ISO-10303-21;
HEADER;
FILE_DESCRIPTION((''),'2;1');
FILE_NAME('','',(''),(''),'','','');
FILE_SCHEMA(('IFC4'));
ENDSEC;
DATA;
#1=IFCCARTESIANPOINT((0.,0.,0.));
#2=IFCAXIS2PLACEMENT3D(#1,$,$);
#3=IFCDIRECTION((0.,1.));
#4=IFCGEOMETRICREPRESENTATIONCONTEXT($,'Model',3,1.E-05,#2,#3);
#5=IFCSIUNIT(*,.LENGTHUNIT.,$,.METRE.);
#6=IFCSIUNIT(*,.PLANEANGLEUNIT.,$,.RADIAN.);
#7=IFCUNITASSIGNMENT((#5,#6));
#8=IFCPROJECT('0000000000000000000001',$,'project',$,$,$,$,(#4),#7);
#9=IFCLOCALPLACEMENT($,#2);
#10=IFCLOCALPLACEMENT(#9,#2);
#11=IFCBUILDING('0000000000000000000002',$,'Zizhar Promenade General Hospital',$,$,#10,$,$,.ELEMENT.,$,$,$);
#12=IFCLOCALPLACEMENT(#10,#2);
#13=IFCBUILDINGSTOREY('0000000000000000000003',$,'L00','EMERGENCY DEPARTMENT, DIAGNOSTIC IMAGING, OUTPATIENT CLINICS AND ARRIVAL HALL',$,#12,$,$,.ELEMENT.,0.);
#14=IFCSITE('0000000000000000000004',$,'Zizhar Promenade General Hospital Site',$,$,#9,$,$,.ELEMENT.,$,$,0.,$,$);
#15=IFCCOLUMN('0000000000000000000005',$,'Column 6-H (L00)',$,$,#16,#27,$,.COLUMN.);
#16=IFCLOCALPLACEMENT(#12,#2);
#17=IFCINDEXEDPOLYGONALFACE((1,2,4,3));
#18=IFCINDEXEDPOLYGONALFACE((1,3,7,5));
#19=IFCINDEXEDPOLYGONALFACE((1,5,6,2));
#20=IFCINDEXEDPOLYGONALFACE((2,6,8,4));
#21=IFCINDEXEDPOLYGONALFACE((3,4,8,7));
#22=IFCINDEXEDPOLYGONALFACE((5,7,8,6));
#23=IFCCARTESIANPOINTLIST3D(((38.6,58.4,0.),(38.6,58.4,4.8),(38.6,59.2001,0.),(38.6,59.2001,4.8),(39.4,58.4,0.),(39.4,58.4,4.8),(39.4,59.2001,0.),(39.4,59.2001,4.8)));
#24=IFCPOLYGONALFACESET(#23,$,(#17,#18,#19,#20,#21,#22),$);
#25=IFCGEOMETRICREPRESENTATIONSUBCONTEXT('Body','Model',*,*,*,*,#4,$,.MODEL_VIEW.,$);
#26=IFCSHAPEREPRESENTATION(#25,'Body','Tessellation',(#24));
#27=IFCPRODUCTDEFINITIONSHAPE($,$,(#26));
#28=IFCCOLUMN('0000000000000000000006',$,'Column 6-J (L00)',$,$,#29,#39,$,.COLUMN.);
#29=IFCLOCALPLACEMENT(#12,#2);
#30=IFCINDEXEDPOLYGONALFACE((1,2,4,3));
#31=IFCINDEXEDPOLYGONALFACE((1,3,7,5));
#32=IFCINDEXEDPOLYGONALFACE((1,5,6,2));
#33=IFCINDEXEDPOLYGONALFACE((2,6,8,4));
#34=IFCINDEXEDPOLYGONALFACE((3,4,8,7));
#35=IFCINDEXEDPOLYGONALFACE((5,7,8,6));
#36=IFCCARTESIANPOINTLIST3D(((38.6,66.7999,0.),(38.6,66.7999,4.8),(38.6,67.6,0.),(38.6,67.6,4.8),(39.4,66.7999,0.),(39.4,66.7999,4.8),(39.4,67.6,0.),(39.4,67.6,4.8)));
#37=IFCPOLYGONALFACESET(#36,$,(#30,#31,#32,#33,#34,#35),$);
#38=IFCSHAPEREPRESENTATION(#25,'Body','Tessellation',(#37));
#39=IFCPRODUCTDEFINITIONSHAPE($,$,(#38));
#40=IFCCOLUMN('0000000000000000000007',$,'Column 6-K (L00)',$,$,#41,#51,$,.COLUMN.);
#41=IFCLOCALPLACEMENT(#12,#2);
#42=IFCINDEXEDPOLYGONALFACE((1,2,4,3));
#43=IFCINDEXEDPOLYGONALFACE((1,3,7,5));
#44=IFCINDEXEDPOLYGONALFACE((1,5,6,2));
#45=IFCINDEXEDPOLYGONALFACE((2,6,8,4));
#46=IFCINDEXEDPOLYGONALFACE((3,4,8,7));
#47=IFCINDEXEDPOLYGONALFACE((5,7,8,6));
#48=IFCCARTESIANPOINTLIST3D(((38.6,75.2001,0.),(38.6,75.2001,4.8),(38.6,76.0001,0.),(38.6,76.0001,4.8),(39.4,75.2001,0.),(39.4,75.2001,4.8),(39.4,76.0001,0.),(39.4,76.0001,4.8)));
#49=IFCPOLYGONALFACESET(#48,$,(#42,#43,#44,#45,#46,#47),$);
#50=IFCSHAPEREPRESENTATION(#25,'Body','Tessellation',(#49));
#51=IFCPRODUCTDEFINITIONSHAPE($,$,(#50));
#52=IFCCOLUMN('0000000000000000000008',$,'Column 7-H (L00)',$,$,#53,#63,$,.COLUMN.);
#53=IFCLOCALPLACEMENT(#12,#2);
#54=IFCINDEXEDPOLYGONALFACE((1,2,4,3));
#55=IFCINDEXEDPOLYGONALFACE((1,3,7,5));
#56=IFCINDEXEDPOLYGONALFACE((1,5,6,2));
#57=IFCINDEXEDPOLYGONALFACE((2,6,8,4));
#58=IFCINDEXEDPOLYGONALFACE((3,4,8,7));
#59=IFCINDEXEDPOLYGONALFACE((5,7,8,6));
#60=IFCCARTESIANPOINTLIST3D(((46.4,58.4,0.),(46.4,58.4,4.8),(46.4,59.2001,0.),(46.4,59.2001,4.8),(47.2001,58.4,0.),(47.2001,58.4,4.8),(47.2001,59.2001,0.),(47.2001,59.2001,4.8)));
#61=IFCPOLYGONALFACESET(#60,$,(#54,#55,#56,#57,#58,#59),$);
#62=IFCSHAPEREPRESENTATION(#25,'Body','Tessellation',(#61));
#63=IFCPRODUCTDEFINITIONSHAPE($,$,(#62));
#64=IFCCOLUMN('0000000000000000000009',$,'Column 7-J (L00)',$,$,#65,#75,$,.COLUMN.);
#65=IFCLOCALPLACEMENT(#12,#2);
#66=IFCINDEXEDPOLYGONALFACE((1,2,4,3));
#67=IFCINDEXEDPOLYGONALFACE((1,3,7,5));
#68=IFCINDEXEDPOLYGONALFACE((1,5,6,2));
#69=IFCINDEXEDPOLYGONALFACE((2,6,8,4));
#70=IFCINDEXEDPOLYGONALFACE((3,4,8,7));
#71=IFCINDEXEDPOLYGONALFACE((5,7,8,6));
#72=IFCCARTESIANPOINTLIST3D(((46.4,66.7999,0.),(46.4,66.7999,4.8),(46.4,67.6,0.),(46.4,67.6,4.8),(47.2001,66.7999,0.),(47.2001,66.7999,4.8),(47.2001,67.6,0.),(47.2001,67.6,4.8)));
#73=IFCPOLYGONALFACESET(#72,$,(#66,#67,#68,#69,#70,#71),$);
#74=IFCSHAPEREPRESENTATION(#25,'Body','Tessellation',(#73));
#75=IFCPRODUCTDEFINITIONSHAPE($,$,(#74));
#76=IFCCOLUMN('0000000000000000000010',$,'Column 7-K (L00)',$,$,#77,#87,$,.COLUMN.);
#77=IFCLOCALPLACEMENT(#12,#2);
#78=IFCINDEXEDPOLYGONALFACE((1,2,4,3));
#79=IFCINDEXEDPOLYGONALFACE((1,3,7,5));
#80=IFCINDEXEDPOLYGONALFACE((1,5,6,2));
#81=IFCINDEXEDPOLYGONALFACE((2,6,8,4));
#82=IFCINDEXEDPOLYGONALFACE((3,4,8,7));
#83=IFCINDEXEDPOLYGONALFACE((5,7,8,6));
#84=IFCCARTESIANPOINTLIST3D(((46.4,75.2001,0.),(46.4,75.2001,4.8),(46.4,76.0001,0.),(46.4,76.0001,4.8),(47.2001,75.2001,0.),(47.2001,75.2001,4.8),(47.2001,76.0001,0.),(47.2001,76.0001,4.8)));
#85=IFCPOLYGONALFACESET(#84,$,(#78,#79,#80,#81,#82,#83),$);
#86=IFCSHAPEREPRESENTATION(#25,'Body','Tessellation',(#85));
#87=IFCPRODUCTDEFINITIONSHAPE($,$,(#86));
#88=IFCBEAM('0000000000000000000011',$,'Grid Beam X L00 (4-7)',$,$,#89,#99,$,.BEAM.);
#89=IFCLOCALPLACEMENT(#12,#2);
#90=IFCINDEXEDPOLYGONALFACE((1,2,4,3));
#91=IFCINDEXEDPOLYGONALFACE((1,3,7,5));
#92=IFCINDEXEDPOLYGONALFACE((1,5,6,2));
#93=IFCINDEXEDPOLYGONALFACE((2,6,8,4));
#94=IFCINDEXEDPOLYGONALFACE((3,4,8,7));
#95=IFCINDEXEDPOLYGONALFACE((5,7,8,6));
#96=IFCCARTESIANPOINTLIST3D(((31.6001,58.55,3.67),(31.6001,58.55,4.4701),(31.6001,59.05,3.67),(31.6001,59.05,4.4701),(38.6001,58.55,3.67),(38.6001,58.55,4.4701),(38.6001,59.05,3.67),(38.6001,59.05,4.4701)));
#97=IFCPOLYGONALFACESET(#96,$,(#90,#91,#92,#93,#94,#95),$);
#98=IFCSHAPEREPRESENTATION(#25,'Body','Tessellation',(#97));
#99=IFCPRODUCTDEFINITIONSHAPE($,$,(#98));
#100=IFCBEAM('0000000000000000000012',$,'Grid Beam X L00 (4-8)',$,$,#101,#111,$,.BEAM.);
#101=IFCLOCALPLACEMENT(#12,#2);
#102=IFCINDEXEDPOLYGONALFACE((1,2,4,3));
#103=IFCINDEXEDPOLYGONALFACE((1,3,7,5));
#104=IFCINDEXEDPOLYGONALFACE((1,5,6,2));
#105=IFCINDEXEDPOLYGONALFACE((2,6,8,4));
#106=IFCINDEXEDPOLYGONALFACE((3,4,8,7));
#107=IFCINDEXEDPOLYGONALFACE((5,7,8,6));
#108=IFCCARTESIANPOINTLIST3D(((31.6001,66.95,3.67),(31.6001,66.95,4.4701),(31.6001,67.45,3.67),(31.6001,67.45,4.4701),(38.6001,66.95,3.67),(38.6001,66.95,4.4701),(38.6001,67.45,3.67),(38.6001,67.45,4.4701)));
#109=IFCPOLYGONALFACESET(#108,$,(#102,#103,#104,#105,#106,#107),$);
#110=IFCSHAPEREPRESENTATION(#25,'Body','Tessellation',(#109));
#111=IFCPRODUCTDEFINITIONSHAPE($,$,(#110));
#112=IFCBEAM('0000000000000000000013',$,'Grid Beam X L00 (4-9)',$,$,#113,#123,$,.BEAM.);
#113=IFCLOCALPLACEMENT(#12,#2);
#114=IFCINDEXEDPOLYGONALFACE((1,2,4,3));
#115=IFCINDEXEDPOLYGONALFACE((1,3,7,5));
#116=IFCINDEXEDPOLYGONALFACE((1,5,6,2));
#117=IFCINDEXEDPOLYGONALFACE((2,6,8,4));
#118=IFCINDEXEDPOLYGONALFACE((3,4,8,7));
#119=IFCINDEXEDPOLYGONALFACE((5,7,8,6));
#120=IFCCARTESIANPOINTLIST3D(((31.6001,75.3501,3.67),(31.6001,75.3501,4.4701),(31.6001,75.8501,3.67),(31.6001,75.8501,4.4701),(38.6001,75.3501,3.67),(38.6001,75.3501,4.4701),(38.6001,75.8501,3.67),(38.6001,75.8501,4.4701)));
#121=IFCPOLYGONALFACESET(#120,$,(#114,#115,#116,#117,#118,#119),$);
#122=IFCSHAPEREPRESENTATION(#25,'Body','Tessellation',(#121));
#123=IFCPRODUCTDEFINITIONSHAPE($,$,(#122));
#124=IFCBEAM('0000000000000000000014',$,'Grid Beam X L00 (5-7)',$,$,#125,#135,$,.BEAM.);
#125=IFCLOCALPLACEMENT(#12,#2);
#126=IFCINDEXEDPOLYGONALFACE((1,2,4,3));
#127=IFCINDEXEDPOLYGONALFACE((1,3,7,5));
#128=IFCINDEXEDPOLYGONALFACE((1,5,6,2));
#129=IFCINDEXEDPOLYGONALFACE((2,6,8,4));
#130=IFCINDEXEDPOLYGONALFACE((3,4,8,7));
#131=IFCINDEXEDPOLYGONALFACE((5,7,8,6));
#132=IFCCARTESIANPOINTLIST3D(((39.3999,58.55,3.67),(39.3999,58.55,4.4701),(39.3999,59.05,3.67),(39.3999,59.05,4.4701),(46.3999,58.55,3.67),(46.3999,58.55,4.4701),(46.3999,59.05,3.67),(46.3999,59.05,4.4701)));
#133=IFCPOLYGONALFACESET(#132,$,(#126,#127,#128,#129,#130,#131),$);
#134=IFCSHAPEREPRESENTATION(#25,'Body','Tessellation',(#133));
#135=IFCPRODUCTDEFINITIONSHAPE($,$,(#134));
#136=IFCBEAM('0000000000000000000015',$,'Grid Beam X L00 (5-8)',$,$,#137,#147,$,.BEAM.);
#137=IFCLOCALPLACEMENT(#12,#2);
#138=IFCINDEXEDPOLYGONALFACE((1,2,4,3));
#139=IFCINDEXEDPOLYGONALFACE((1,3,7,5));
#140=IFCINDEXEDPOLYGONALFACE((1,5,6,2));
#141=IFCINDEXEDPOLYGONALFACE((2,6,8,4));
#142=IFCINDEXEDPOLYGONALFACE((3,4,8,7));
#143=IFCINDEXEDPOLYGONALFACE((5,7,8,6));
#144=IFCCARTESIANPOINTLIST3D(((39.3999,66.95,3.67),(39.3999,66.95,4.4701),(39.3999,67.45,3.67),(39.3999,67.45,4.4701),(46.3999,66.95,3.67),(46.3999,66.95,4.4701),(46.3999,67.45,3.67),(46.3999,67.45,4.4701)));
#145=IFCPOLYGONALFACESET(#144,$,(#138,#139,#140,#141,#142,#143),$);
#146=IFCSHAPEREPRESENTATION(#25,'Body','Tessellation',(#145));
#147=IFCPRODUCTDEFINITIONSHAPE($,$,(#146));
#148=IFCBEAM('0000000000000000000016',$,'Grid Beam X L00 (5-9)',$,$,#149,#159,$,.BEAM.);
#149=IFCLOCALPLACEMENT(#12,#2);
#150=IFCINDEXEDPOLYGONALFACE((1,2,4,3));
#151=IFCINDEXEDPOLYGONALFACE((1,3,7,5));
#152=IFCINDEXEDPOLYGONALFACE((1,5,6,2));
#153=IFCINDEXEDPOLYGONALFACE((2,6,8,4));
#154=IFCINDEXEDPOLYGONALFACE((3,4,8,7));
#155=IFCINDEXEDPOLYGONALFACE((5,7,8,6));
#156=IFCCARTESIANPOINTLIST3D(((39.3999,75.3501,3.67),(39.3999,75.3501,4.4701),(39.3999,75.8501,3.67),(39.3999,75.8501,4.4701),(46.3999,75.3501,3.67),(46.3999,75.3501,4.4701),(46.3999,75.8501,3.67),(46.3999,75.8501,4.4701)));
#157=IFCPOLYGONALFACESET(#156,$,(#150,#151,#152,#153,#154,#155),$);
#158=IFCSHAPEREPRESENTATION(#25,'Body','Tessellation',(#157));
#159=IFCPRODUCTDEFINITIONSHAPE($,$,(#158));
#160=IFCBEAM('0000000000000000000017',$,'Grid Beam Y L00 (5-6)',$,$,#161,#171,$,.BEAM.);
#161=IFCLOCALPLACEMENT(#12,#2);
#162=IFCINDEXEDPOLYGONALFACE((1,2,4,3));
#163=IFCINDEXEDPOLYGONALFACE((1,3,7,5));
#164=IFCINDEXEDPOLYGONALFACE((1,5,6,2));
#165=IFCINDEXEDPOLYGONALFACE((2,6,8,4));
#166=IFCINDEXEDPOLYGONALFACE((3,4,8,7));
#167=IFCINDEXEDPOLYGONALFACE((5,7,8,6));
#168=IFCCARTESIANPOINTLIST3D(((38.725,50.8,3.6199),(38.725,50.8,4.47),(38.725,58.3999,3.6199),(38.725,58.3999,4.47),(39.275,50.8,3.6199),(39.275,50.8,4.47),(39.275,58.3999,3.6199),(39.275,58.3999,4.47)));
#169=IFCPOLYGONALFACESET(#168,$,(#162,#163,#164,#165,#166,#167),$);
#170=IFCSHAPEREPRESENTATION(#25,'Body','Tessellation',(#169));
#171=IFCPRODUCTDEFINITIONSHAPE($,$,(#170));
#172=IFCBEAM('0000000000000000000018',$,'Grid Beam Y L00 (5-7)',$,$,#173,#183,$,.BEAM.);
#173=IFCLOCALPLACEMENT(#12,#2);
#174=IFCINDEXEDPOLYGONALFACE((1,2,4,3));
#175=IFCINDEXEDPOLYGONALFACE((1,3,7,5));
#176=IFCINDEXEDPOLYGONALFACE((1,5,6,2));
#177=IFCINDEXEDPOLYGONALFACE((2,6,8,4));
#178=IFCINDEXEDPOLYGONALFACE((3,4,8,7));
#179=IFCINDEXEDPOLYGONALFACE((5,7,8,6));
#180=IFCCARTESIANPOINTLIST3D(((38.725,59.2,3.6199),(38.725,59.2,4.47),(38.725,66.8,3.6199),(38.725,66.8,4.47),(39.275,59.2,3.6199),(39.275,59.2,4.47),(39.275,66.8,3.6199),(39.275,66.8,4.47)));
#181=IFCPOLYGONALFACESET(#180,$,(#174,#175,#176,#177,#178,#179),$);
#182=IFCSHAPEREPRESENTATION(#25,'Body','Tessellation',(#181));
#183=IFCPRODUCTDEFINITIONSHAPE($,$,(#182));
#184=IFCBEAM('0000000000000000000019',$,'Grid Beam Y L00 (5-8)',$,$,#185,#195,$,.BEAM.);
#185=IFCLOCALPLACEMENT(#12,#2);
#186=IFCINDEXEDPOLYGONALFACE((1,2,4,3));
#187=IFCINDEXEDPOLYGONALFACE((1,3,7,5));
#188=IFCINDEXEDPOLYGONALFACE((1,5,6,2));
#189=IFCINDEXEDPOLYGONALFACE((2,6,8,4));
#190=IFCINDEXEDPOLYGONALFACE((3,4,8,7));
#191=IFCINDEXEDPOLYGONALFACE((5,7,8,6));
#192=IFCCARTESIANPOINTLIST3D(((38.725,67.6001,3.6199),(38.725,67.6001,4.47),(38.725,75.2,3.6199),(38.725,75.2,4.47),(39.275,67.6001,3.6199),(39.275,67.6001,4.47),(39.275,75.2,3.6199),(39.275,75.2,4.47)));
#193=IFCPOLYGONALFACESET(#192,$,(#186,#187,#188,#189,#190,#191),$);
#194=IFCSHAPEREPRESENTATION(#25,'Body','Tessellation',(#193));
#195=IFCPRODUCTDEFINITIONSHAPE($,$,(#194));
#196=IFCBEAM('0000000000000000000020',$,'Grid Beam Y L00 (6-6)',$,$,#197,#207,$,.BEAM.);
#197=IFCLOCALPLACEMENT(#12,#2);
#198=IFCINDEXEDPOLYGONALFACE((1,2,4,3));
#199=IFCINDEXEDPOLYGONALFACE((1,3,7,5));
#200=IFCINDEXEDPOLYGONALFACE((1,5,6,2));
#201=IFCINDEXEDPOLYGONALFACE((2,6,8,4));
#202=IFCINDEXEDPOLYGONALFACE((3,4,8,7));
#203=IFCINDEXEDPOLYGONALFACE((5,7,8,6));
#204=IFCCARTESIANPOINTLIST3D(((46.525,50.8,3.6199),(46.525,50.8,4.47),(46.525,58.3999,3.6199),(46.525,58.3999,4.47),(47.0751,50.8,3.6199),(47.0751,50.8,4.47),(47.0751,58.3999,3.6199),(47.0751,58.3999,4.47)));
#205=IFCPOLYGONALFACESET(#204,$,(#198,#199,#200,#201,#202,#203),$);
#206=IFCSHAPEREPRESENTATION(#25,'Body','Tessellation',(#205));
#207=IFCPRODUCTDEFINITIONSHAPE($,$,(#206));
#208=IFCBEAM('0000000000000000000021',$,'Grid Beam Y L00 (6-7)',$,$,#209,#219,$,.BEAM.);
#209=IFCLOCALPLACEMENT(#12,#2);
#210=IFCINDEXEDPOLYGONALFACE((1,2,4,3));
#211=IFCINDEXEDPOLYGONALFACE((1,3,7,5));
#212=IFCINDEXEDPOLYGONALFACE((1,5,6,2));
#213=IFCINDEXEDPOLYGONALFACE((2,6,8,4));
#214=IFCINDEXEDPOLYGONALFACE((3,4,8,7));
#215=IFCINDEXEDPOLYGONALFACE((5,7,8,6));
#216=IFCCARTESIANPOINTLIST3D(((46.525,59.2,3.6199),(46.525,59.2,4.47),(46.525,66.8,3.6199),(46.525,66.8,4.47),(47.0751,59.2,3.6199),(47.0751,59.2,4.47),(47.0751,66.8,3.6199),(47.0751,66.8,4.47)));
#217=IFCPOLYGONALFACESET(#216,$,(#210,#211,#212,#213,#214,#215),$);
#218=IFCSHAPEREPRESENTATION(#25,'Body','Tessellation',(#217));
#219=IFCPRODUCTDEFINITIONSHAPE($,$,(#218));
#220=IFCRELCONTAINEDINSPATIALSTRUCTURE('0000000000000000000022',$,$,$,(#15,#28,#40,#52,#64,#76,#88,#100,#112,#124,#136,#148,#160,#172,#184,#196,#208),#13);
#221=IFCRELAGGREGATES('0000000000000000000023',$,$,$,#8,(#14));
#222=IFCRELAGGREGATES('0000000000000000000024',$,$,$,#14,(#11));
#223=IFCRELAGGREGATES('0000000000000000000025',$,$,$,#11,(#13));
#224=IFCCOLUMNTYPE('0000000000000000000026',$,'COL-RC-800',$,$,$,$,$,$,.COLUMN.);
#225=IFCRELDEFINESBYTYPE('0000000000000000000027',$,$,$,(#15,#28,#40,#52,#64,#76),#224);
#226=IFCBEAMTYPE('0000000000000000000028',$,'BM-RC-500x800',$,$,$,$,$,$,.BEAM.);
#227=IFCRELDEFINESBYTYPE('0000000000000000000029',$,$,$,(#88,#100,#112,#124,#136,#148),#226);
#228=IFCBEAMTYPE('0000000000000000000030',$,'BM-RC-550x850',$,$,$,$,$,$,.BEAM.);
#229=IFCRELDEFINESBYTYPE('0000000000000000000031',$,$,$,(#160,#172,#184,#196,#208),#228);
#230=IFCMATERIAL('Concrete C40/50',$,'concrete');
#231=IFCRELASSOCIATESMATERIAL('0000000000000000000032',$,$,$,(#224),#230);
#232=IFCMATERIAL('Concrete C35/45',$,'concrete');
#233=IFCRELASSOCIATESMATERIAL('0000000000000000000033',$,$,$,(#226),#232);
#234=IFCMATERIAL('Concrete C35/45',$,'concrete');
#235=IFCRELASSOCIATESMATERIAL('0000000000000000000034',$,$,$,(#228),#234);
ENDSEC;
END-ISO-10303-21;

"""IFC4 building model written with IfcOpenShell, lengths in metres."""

from ifc_helpers import new_model, si_unit, direction, frame, origin, origin_2d, place, context, subcontext, project, spatial, rectangle, extrude, material, material_profile, profile_set, type_object, element, save


model = new_model("IFC4")

# Units and contexts
model_context = context("Model", 3, precision=1e-05, world=origin(), true_north=direction((0.0, 1.0)))
body_context = subcontext(model_context, "Body", "Model", "MODEL_VIEW")
ifc_project = project(units=[si_unit("LENGTHUNIT", "METRE"), si_unit("PLANEANGLEUNIT", "RADIAN")], contexts=[model_context])

# Site, building, storey
site_placement = place(None, origin())
site = spatial("IfcSite", under=ifc_project, at=site_placement, Name="Zizhar Promenade General Hospital Site", CompositionType="ELEMENT", RefElevation=0.0)
building_placement = place(site_placement, origin())
building = spatial("IfcBuilding", under=site, at=building_placement, Name="Zizhar Promenade General Hospital", CompositionType="ELEMENT")
storey_placement = place(building_placement, origin())
storey = spatial("IfcBuildingStorey", under=building, at=storey_placement, Name="L00", Description="EMERGENCY DEPARTMENT, DIAGNOSTIC IMAGING, OUTPATIENT CLINICS AND ARRIVAL HALL", CompositionType="ELEMENT", Elevation=0.0)

# Columns
ifc_material_1 = material(Name="Concrete C40/50", Category="concrete")
ifc_material_profile_1 = material_profile(ifc_material_1, rectangle(XDim=0.8, YDim=0.8, at=origin_2d()))
ifc_profile_set_1 = profile_set([ifc_material_profile_1], Name="Concrete C40/50")
column_type = type_object("IfcColumnType", Name="COL-RC-800", PredefinedType="COLUMN", material=ifc_profile_set_1)
for number, where, z_axis, x_axis, name in (
    (1, (39.0, 58.8, 0.0), (0.0, 0.0, 1.0), (1.0, 0.0, 0.0), "Column 6-H (L00)"),
    (2, (39.0, 67.2, 0.0), (0.0, 0.0, 1.0), (1.0, 0.0, 0.0), "Column 6-J (L00)"),
    (3, (39.0, 75.6001, 0.0), (0.0, 0.0, 1.0), (1.0, 0.0, 0.0), "Column 6-K (L00)"),
    (4, (46.8, 58.8, 0.0), (0.0, 0.0, 1.0), (1.0, 0.0, 0.0), "Column 7-H (L00)"),
    (5, (46.8, 67.2, 0.0), (0.0, 0.0, 1.0), (1.0, 0.0, 0.0), "Column 7-J (L00)"),
    (6, (46.8, 75.6001, 0.0), (0.0, 0.0, 1.0), (1.0, 0.0, 0.0), "Column 7-K (L00)"),
):
    element("IfcColumn", number, at=place(storey_placement, frame(where, z_axis=z_axis, x_axis=x_axis)), inside=storey, type_object=column_type, Name=name, PredefinedType="COLUMN", context=body_context, shape_type="SweptSolid", body=[
        extrude(rectangle(XDim=0.8, YDim=0.8, at=origin_2d()), origin(), (0.0, 0.0, 1.0), 4.8),
    ])

# Beams
ifc_material_2 = material(Name="Concrete C35/45", Category="concrete")
ifc_material_profile_2 = material_profile(ifc_material_2, rectangle(XDim=0.5, YDim=0.8, at=origin_2d()))
ifc_profile_set_2 = profile_set([ifc_material_profile_2], Name="Concrete C35/45")
beam_type_1 = type_object("IfcBeamType", Name="BM-RC-500x800", PredefinedType="BEAM", material=ifc_profile_set_2)
for number, where, z_axis, x_axis, name in (
    (7, (31.6001, 58.8, 4.0701), (1.0, 0.0, 0.0), (0.0, 1.0, 0.0), "Grid Beam X L00 (4-7)"),
    (8, (31.6001, 67.2, 4.0701), (1.0, 0.0, 0.0), (0.0, 1.0, 0.0), "Grid Beam X L00 (4-8)"),
    (9, (31.6001, 75.6001, 4.0701), (1.0, 0.0, 0.0), (0.0, 1.0, 0.0), "Grid Beam X L00 (4-9)"),
    (10, (39.3999, 58.8, 4.0701), (1.0, 0.0, 0.0), (0.0, 1.0, 0.0), "Grid Beam X L00 (5-7)"),
    (11, (39.3999, 67.2, 4.0701), (1.0, 0.0, 0.0), (0.0, 1.0, 0.0), "Grid Beam X L00 (5-8)"),
    (12, (39.3999, 75.6001, 4.0701), (1.0, 0.0, 0.0), (0.0, 1.0, 0.0), "Grid Beam X L00 (5-9)"),
):
    element("IfcBeam", number, at=place(storey_placement, frame(where, z_axis=z_axis, x_axis=x_axis)), inside=storey, type_object=beam_type_1, Name=name, PredefinedType="BEAM", context=body_context, shape_type="SweptSolid", body=[
        extrude(rectangle(XDim=0.5, YDim=0.8, at=origin_2d()), origin(), (0.0, 0.0, 1.0), 7.0),
    ])
ifc_material_3 = material(Name="Concrete C35/45", Category="concrete")
ifc_material_profile_3 = material_profile(ifc_material_3, rectangle(XDim=0.55, YDim=0.8501, at=origin_2d()))
ifc_profile_set_3 = profile_set([ifc_material_profile_3], Name="Concrete C35/45")
beam_type_2 = type_object("IfcBeamType", Name="BM-RC-550x850", PredefinedType="BEAM", material=ifc_profile_set_3)
beam_1_placement = place(storey_placement, frame((39.0, 50.8, 4.0449), z_axis=(0.0, 1.0, 0.0), x_axis=(-1.0, 0.0, 0.0)))
element("IfcBeam", 13, at=beam_1_placement, inside=storey, type_object=beam_type_2, Name="Grid Beam Y L00 (5-6)", PredefinedType="BEAM", context=body_context, shape_type="SweptSolid", body=[
    extrude(rectangle(XDim=0.55, YDim=0.8501, at=origin_2d()), origin(), (0.0, 0.0, 1.0), 7.5999),
])
beam_2_placement = place(storey_placement, frame((39.0, 59.2, 4.0449), z_axis=(0.0, 1.0, 0.0), x_axis=(-1.0, 0.0, 0.0)))
element("IfcBeam", 14, at=beam_2_placement, inside=storey, type_object=beam_type_2, Name="Grid Beam Y L00 (5-7)", PredefinedType="BEAM", context=body_context, shape_type="SweptSolid", body=[
    extrude(rectangle(XDim=0.55, YDim=0.8501, at=origin_2d()), origin(), (0.0, 0.0, 1.0), 7.6001),
])
for number, where, z_axis, x_axis, name in (
    (15, (39.0, 67.6001, 4.0449), (0.0, 1.0, 0.0), (-1.0, 0.0, 0.0), "Grid Beam Y L00 (5-8)"),
    (16, (46.8, 50.8, 4.0449), (0.0, 1.0, 0.0), (-1.0, 0.0, 0.0), "Grid Beam Y L00 (6-6)"),
):
    element("IfcBeam", number, at=place(storey_placement, frame(where, z_axis=z_axis, x_axis=x_axis)), inside=storey, type_object=beam_type_2, Name=name, PredefinedType="BEAM", context=body_context, shape_type="SweptSolid", body=[
        extrude(rectangle(XDim=0.55, YDim=0.8501, at=origin_2d()), origin(), (0.0, 0.0, 1.0), 7.5999),
    ])
beam_3_placement = place(storey_placement, frame((46.8, 59.2, 4.0449), z_axis=(0.0, 1.0, 0.0), x_axis=(-1.0, 0.0, 0.0)))
element("IfcBeam", 17, at=beam_3_placement, inside=storey, type_object=beam_type_2, Name="Grid Beam Y L00 (6-7)", PredefinedType="BEAM", context=body_context, shape_type="SweptSolid", body=[
    extrude(rectangle(XDim=0.55, YDim=0.8501, at=origin_2d()), origin(), (0.0, 0.0, 1.0), 7.6001),
])

save(model, "model.ifc")
